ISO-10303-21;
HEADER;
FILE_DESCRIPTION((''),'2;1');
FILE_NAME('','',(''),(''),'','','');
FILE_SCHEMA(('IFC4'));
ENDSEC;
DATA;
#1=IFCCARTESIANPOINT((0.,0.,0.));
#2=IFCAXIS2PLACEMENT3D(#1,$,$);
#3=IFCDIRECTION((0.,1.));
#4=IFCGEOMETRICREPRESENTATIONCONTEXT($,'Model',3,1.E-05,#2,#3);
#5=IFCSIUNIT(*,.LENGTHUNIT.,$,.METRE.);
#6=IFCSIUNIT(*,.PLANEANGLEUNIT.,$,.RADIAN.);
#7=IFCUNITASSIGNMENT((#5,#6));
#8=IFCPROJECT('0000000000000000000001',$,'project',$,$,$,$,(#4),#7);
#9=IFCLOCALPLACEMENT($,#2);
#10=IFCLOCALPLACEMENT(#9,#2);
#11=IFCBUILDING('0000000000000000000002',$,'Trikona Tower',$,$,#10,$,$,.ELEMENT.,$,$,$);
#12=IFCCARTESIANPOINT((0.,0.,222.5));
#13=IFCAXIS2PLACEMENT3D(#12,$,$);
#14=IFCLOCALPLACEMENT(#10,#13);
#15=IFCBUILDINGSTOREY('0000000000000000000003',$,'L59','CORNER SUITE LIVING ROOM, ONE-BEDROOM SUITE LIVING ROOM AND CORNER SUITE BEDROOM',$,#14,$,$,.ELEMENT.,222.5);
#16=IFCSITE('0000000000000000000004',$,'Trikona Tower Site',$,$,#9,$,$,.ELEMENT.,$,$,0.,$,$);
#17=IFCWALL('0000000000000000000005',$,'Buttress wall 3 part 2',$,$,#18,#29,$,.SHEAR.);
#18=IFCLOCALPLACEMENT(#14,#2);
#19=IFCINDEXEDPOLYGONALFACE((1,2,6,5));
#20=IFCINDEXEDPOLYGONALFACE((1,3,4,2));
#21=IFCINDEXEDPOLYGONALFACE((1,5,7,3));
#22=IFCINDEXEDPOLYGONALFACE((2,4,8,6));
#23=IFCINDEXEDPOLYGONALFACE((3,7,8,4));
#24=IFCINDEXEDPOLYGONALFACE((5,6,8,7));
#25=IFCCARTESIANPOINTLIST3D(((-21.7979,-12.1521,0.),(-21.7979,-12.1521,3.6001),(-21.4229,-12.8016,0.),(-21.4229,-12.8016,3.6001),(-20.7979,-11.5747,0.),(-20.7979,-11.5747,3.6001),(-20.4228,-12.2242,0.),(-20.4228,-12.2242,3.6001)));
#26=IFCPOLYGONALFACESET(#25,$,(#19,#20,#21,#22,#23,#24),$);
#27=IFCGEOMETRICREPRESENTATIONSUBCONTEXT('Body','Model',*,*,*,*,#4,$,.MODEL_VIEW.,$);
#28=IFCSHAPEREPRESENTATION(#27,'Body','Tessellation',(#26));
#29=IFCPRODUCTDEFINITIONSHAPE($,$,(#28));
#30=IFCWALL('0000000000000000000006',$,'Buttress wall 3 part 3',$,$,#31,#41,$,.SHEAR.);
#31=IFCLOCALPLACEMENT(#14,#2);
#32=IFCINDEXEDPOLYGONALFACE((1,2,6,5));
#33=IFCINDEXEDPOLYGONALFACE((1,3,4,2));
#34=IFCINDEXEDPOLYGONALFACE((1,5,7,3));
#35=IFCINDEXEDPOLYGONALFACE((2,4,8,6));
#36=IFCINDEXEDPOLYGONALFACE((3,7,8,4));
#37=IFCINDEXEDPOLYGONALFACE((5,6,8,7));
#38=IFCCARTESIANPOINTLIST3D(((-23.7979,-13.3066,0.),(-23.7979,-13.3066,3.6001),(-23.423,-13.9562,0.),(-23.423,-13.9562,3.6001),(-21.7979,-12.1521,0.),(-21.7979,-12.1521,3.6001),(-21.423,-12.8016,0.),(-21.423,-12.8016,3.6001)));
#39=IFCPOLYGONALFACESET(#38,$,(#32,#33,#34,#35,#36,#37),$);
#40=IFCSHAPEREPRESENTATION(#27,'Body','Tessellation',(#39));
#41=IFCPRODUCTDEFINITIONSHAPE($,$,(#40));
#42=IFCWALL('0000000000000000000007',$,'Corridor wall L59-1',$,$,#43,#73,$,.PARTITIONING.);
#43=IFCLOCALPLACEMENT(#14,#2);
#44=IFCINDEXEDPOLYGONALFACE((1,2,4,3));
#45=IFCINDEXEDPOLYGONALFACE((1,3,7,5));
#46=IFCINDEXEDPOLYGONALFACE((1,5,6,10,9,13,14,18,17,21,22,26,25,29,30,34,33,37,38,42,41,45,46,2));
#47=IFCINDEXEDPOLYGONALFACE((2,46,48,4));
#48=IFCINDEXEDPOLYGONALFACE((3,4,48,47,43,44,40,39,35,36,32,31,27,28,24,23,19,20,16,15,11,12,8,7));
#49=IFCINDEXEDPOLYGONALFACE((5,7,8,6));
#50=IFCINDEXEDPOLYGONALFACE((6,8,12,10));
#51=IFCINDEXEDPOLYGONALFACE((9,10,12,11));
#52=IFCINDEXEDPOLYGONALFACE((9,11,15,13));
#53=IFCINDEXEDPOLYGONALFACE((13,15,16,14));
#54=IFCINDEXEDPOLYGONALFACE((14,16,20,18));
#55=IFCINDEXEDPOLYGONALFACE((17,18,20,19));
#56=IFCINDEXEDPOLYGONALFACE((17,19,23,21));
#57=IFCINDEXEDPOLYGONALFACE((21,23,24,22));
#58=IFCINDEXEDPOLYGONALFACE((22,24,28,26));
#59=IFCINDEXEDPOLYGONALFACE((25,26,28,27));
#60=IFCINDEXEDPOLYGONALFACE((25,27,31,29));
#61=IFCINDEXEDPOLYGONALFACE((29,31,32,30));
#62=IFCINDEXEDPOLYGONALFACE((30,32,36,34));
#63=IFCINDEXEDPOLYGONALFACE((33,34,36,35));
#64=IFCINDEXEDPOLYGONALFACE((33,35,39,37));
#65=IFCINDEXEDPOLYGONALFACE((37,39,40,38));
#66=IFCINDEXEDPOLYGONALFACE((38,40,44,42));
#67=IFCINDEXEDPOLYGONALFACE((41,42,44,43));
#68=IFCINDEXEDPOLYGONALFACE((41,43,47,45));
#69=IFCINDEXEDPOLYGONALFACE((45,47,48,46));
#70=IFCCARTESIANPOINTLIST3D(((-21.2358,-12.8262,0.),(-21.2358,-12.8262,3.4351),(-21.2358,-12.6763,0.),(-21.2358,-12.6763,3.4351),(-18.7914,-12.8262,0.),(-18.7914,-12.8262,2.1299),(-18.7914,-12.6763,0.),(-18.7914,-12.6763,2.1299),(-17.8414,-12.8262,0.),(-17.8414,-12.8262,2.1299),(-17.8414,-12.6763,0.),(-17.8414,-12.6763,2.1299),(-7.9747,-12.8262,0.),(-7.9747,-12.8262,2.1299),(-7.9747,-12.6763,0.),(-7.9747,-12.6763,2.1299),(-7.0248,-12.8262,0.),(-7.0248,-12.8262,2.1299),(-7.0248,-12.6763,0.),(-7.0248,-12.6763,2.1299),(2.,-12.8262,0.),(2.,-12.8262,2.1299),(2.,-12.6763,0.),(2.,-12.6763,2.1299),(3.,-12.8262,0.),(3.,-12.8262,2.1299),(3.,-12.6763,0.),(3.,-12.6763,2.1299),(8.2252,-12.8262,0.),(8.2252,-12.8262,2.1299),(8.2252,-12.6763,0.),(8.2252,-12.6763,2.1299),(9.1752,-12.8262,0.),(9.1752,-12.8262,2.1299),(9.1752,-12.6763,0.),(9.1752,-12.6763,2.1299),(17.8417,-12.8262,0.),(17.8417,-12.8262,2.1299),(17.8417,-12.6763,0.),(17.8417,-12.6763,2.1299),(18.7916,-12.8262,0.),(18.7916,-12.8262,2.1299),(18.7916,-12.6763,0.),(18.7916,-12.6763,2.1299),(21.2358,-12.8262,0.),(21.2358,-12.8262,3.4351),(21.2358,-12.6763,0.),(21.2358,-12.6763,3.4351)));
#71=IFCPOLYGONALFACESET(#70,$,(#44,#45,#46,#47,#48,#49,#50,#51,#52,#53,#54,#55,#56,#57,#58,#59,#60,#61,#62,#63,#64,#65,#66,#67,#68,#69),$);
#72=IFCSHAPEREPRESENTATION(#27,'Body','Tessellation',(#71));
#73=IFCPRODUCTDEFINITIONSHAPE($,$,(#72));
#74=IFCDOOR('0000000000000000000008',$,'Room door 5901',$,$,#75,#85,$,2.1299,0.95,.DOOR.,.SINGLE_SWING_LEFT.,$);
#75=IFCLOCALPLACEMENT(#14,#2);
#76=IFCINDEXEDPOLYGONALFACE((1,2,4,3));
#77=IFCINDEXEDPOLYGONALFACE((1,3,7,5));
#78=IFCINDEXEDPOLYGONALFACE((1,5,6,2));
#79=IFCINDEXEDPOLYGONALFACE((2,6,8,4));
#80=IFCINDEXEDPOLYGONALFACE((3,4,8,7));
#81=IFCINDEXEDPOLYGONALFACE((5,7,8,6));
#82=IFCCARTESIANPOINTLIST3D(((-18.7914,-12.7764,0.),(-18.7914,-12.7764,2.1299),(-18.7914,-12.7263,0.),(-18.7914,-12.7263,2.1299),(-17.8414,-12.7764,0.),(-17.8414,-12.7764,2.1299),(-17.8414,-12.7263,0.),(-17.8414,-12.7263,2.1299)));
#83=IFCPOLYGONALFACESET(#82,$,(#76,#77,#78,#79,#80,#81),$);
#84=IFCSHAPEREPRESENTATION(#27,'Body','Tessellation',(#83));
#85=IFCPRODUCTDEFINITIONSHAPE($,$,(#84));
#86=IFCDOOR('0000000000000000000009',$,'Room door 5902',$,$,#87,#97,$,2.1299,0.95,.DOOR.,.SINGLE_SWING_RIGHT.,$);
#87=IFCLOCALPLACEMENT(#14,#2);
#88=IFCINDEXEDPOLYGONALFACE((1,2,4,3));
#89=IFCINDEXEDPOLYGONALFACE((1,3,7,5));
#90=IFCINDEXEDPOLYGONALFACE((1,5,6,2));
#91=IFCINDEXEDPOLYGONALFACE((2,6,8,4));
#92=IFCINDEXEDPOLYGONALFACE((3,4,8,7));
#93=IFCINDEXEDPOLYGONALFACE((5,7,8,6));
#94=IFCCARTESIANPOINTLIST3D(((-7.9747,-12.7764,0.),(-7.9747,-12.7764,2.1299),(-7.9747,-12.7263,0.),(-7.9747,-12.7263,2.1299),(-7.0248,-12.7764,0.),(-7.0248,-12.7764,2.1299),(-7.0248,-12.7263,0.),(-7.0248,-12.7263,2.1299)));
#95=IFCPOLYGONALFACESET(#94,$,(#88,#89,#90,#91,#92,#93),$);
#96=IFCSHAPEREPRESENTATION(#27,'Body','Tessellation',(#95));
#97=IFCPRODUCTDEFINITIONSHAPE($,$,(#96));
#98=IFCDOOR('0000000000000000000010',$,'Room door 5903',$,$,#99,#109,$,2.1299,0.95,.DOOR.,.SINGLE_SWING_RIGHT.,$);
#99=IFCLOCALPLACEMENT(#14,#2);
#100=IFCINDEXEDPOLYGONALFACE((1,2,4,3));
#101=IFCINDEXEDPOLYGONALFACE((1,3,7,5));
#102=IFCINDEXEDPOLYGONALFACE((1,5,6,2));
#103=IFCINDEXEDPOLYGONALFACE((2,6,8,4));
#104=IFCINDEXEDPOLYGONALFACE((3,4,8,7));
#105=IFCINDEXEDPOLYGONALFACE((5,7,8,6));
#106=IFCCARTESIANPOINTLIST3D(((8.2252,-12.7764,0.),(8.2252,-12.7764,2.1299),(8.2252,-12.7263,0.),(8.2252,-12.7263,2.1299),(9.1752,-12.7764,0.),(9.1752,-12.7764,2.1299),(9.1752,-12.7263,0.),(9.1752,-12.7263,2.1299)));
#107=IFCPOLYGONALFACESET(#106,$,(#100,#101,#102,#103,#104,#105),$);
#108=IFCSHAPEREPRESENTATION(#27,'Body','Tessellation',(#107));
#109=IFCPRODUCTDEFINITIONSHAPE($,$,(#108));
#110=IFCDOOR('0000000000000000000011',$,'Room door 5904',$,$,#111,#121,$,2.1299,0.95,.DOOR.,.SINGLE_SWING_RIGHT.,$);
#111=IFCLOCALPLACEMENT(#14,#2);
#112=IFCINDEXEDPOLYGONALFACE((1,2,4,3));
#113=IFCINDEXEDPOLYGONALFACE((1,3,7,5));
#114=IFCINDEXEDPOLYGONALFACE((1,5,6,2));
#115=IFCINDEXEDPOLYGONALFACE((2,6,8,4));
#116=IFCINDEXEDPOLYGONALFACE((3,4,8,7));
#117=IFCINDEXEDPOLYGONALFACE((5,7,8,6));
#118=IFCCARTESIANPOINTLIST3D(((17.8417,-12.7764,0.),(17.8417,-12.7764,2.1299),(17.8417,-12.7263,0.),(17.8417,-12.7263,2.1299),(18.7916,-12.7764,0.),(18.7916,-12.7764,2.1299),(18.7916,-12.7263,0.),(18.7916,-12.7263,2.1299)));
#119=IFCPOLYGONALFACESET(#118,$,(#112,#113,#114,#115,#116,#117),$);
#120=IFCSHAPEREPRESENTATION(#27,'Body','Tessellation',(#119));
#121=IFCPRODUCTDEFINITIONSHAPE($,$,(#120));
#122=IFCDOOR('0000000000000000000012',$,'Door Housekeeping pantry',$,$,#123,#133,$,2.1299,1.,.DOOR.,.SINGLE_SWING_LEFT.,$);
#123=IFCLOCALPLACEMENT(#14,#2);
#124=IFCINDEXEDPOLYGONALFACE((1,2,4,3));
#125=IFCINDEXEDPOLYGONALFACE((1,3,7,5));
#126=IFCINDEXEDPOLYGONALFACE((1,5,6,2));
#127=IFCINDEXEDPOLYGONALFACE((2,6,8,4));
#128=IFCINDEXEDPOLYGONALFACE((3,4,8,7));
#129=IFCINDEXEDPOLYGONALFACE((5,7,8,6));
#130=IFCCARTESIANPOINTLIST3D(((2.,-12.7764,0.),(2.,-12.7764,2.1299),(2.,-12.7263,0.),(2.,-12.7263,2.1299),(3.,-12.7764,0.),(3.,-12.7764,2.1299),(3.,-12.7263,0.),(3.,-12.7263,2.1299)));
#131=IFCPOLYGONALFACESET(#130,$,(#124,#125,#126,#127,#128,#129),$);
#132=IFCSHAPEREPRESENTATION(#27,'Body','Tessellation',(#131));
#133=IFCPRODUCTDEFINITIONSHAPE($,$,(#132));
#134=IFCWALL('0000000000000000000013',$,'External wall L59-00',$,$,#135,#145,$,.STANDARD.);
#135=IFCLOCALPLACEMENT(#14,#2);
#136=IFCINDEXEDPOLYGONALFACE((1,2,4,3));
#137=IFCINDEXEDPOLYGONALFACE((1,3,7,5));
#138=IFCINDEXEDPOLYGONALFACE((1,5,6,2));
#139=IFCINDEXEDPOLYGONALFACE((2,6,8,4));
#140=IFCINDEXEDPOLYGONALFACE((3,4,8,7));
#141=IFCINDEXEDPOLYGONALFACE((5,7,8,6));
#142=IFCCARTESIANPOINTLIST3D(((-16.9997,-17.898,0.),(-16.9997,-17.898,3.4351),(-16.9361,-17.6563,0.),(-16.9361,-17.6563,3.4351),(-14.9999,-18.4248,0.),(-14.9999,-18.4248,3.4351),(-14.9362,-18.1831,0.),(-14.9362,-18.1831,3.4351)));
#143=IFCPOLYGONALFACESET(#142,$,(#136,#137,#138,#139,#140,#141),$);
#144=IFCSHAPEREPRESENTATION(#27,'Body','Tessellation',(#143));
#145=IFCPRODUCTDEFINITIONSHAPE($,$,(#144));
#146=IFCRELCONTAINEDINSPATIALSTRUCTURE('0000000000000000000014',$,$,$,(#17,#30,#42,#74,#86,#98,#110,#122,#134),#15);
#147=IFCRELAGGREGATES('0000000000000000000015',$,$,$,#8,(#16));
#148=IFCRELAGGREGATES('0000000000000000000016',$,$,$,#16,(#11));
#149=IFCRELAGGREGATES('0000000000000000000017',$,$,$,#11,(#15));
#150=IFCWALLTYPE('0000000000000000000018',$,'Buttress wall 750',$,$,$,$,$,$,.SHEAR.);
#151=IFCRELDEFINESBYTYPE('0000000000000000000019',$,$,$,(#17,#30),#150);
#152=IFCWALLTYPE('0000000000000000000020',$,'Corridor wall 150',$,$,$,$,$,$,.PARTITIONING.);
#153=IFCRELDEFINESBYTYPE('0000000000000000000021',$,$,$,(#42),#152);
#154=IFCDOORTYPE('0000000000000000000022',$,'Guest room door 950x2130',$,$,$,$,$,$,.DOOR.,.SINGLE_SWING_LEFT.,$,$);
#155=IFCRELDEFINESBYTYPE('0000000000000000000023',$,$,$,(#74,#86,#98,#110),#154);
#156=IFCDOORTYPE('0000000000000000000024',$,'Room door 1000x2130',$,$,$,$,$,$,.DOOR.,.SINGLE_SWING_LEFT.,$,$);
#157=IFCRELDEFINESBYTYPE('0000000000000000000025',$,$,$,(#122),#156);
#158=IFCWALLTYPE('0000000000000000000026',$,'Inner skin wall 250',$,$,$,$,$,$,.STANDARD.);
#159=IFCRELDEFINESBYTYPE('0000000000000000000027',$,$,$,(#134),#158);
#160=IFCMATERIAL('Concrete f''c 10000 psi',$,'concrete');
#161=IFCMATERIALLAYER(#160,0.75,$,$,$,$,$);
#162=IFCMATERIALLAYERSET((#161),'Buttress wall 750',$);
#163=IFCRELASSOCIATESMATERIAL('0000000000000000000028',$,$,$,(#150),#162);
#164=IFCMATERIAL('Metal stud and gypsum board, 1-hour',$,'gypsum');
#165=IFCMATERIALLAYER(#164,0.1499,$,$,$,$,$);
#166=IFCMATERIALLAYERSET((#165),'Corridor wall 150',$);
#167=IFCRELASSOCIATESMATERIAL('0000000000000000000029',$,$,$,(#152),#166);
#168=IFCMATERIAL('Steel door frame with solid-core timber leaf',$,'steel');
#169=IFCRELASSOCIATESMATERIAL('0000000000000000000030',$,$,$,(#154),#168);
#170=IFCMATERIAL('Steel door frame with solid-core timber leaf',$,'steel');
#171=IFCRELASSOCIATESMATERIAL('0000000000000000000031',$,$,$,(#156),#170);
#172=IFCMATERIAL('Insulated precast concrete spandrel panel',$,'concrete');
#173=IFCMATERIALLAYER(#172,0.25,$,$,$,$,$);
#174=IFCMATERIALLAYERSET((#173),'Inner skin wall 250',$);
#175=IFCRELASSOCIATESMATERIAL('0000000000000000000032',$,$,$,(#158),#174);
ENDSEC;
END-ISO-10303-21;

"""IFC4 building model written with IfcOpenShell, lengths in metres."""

from ifc_helpers import new_model, si_unit, direction, frame, frame_2d, origin, place, context, subcontext, project, spatial, rectangle, extrude, material, layer, layer_set, type_object, element, fill, save


model = new_model("IFC4")

# Units and contexts
model_context = context("Model", 3, precision=1e-05, world=origin(), true_north=direction((0.0, 1.0)))
body_context = subcontext(model_context, "Body", "Model", "MODEL_VIEW")
ifc_project = project(units=[si_unit("LENGTHUNIT", "METRE"), si_unit("PLANEANGLEUNIT", "RADIAN")], contexts=[model_context])

# Site, building, storey
site_placement = place(None, origin())
site = spatial("IfcSite", under=ifc_project, at=site_placement, Name="Trikona Tower Site", CompositionType="ELEMENT", RefElevation=0.0)
building_placement = place(site_placement, origin())
building = spatial("IfcBuilding", under=site, at=building_placement, Name="Trikona Tower", CompositionType="ELEMENT")
storey_placement = place(building_placement, frame((0.0, 0.0, 222.5)))
storey = spatial("IfcBuildingStorey", under=building, at=storey_placement, Name="L59", Description="CORNER SUITE LIVING ROOM, ONE-BEDROOM SUITE LIVING ROOM AND CORNER SUITE BEDROOM", CompositionType="ELEMENT", Elevation=222.5)

# Walls
ifc_material_1 = material(Name="Concrete f'c 10000 psi", Category="concrete")
ifc_layer_1 = layer(ifc_material_1, 0.75)
ifc_layer_set_1 = layer_set([ifc_layer_1], Name="Buttress wall 750")
wall_type_1 = type_object("IfcWallType", Name="Buttress wall 750", PredefinedType="SHEAR", material=ifc_layer_set_1)
wall_1_placement = place(storey_placement, frame((-20.6104, -11.8994, 0.0), z_axis=(0.0, 0.0, 1.0), x_axis=(-0.86601, -0.500027, 0.0)))
element("IfcWall", 1, at=wall_1_placement, inside=storey, type_object=wall_type_1, Name="Buttress wall 3 part 2", PredefinedType="SHEAR", context=body_context, shape_type="SweptSolid", body=[
    extrude(rectangle(XDim=1.1548, YDim=0.75, at=frame_2d((0.5774, 0.0))), origin(), (0.0, 0.0, 1.0), 3.6001),
])
wall_2_placement = place(storey_placement, frame((-21.6104, -12.4768, 0.0), z_axis=(0.0, 0.0, 1.0), x_axis=(-0.866055, -0.499948, 0.0)))
element("IfcWall", 2, at=wall_2_placement, inside=storey, type_object=wall_type_1, Name="Buttress wall 3 part 3", PredefinedType="SHEAR", context=body_context, shape_type="SweptSolid", body=[
    extrude(rectangle(XDim=2.3093, YDim=0.75, at=frame_2d((1.1548, 0.0))), origin(), (0.0, 0.0, 1.0), 3.6001),
])

# Wall, openings, doors
ifc_material_2 = material(Name="Metal stud and gypsum board, 1-hour", Category="gypsum")
ifc_layer_2 = layer(ifc_material_2, 0.1499)
ifc_layer_set_2 = layer_set([ifc_layer_2], Name="Corridor wall 150")
wall_type_2 = type_object("IfcWallType", Name="Corridor wall 150", PredefinedType="PARTITIONING", material=ifc_layer_set_2)
wall_3_placement = place(storey_placement, frame((-21.2358, -12.7512, 0.0), z_axis=(0.0, 0.0, 1.0), x_axis=(1.0, 0.0, 0.0)))
wall_3 = element("IfcWall", 3, at=wall_3_placement, inside=storey, type_object=wall_type_2, Name="Corridor wall L59-1", PredefinedType="PARTITIONING", context=body_context, shape_type="SweptSolid", body=[
    extrude(rectangle(XDim=42.4717, YDim=0.1499, at=frame_2d((21.2358, 0.0))), origin(), (0.0, 0.0, 1.0), 3.4351),
])
opening_1_placement = place(wall_3_placement, frame((2.4443, 0.0, 0.0)))
opening_1 = element("IfcOpeningElement", 4, at=opening_1_placement, cuts=wall_3, PredefinedType="OPENING", context=body_context, shape_type="SweptSolid", body=[
    extrude(rectangle(XDim=0.95, YDim=2.1299, at=frame_2d((0.4751, 1.0649))), frame((0.0, 0.085, 0.0), z_axis=(0.0, -1.0, 0.0), x_axis=(1.0, 0.0, 0.0)), (0.0, 0.0, 1.0), 0.1699),
])
opening_2_placement = place(wall_3_placement, frame((13.261, 0.0, 0.0)))
opening_2 = element("IfcOpeningElement", 5, at=opening_2_placement, cuts=wall_3, PredefinedType="OPENING", context=body_context, shape_type="SweptSolid", body=[
    extrude(rectangle(XDim=0.95, YDim=2.1299, at=frame_2d((0.4751, 1.0649))), frame((0.0, 0.085, 0.0), z_axis=(0.0, -1.0, 0.0), x_axis=(1.0, 0.0, 0.0)), (0.0, 0.0, 1.0), 0.1699),
])
opening_3_placement = place(wall_3_placement, frame((23.2358, 0.0, 0.0)))
opening_3 = element("IfcOpeningElement", 6, at=opening_3_placement, cuts=wall_3, PredefinedType="OPENING", context=body_context, shape_type="SweptSolid", body=[
    extrude(rectangle(XDim=1.0, YDim=2.1299, at=frame_2d((0.5, 1.0649))), frame((0.0, 0.085, 0.0), z_axis=(0.0, -1.0, 0.0), x_axis=(1.0, 0.0, 0.0)), (0.0, 0.0, 1.0), 0.1699),
])
opening_4_placement = place(wall_3_placement, frame((29.4609, 0.0, 0.0)))
opening_4 = element("IfcOpeningElement", 7, at=opening_4_placement, cuts=wall_3, PredefinedType="OPENING", context=body_context, shape_type="SweptSolid", body=[
    extrude(rectangle(XDim=0.95, YDim=2.1299, at=frame_2d((0.4751, 1.0649))), frame((0.0, 0.085, 0.0), z_axis=(0.0, -1.0, 0.0), x_axis=(1.0, 0.0, 0.0)), (0.0, 0.0, 1.0), 0.1699),
])
opening_5_placement = place(wall_3_placement, frame((39.0774, 0.0, 0.0)))
opening_5 = element("IfcOpeningElement", 8, at=opening_5_placement, cuts=wall_3, PredefinedType="OPENING", context=body_context, shape_type="SweptSolid", body=[
    extrude(rectangle(XDim=0.95, YDim=2.1299, at=frame_2d((0.4751, 1.0649))), frame((0.0, 0.085, 0.0), z_axis=(0.0, -1.0, 0.0), x_axis=(1.0, 0.0, 0.0)), (0.0, 0.0, 1.0), 0.1699),
])
ifc_material_3 = material(Name="Steel door frame with solid-core timber leaf", Category="steel")
door_type_1 = type_object("IfcDoorType", Name="Guest room door 950x2130", OperationType="SINGLE_SWING_LEFT", PredefinedType="DOOR", material=ifc_material_3)
door_1_placement = place(opening_1_placement, origin())
door_1 = element("IfcDoor", 9, at=door_1_placement, inside=storey, type_object=door_type_1, Name="Room door 5901", OperationType="SINGLE_SWING_LEFT", OverallHeight=2.1299, OverallWidth=0.95, PredefinedType="DOOR", context=body_context, shape_type="SweptSolid", body=[
    extrude(rectangle(XDim=0.95, YDim=2.1299, at=frame_2d((0.4751, 1.0649))), frame((0.0, 0.0249, 0.0), z_axis=(0.0, -1.0, 0.0), x_axis=(1.0, 0.0, 0.0)), (0.0, 0.0, 1.0), 0.05),
])
fill(opening_1, door_1)
door_2_placement = place(opening_2_placement, origin())
door_2 = element("IfcDoor", 10, at=door_2_placement, inside=storey, type_object=door_type_1, Name="Room door 5902", OperationType="SINGLE_SWING_RIGHT", OverallHeight=2.1299, OverallWidth=0.95, PredefinedType="DOOR", context=body_context, shape_type="SweptSolid", body=[
    extrude(rectangle(XDim=0.95, YDim=2.1299, at=frame_2d((0.4751, 1.0649))), frame((0.0, 0.0249, 0.0), z_axis=(0.0, -1.0, 0.0), x_axis=(1.0, 0.0, 0.0)), (0.0, 0.0, 1.0), 0.05),
])
fill(opening_2, door_2)
door_3_placement = place(opening_4_placement, origin())
door_3 = element("IfcDoor", 11, at=door_3_placement, inside=storey, type_object=door_type_1, Name="Room door 5903", OperationType="SINGLE_SWING_RIGHT", OverallHeight=2.1299, OverallWidth=0.95, PredefinedType="DOOR", context=body_context, shape_type="SweptSolid", body=[
    extrude(rectangle(XDim=0.95, YDim=2.1299, at=frame_2d((0.4751, 1.0649))), frame((0.0, 0.0249, 0.0), z_axis=(0.0, -1.0, 0.0), x_axis=(1.0, 0.0, 0.0)), (0.0, 0.0, 1.0), 0.05),
])
fill(opening_4, door_3)
door_4_placement = place(opening_5_placement, origin())
door_4 = element("IfcDoor", 12, at=door_4_placement, inside=storey, type_object=door_type_1, Name="Room door 5904", OperationType="SINGLE_SWING_RIGHT", OverallHeight=2.1299, OverallWidth=0.95, PredefinedType="DOOR", context=body_context, shape_type="SweptSolid", body=[
    extrude(rectangle(XDim=0.95, YDim=2.1299, at=frame_2d((0.4751, 1.0649))), frame((0.0, 0.0249, 0.0), z_axis=(0.0, -1.0, 0.0), x_axis=(1.0, 0.0, 0.0)), (0.0, 0.0, 1.0), 0.05),
])
fill(opening_5, door_4)
ifc_material_4 = material(Name="Steel door frame with solid-core timber leaf", Category="steel")
door_type_2 = type_object("IfcDoorType", Name="Room door 1000x2130", OperationType="SINGLE_SWING_LEFT", PredefinedType="DOOR", material=ifc_material_4)
door_5_placement = place(opening_3_placement, origin())
door_5 = element("IfcDoor", 13, at=door_5_placement, inside=storey, type_object=door_type_2, Name="Door Housekeeping pantry", OperationType="SINGLE_SWING_LEFT", OverallHeight=2.1299, OverallWidth=1.0, PredefinedType="DOOR", context=body_context, shape_type="SweptSolid", body=[
    extrude(rectangle(XDim=1.0, YDim=2.1299, at=frame_2d((0.5, 1.0649))), frame((0.0, 0.0249, 0.0), z_axis=(0.0, -1.0, 0.0), x_axis=(1.0, 0.0, 0.0)), (0.0, 0.0, 1.0), 0.05),
])
fill(opening_3, door_5)

# Wall
ifc_material_5 = material(Name="Insulated precast concrete spandrel panel", Category="concrete")
ifc_layer_3 = layer(ifc_material_5, 0.25)
ifc_layer_set_3 = layer_set([ifc_layer_3], Name="Inner skin wall 250")
wall_type_3 = type_object("IfcWallType", Name="Inner skin wall 250", PredefinedType="STANDARD", material=ifc_layer_set_3)
wall_4_placement = place(storey_placement, frame((-16.968, -17.7771, 0.0), z_axis=(0.0, 0.0, 1.0), x_axis=(0.96701, -0.254737, 0.0)))
element("IfcWall", 14, at=wall_4_placement, inside=storey, type_object=wall_type_3, Name="External wall L59-00", PredefinedType="STANDARD", context=body_context, shape_type="SweptSolid", body=[
    extrude(rectangle(XDim=2.0681, YDim=0.25, at=frame_2d((1.0342, 0.0))), origin(), (0.0, 0.0, 1.0), 3.4351),
])

save(model, "model.ifc")
